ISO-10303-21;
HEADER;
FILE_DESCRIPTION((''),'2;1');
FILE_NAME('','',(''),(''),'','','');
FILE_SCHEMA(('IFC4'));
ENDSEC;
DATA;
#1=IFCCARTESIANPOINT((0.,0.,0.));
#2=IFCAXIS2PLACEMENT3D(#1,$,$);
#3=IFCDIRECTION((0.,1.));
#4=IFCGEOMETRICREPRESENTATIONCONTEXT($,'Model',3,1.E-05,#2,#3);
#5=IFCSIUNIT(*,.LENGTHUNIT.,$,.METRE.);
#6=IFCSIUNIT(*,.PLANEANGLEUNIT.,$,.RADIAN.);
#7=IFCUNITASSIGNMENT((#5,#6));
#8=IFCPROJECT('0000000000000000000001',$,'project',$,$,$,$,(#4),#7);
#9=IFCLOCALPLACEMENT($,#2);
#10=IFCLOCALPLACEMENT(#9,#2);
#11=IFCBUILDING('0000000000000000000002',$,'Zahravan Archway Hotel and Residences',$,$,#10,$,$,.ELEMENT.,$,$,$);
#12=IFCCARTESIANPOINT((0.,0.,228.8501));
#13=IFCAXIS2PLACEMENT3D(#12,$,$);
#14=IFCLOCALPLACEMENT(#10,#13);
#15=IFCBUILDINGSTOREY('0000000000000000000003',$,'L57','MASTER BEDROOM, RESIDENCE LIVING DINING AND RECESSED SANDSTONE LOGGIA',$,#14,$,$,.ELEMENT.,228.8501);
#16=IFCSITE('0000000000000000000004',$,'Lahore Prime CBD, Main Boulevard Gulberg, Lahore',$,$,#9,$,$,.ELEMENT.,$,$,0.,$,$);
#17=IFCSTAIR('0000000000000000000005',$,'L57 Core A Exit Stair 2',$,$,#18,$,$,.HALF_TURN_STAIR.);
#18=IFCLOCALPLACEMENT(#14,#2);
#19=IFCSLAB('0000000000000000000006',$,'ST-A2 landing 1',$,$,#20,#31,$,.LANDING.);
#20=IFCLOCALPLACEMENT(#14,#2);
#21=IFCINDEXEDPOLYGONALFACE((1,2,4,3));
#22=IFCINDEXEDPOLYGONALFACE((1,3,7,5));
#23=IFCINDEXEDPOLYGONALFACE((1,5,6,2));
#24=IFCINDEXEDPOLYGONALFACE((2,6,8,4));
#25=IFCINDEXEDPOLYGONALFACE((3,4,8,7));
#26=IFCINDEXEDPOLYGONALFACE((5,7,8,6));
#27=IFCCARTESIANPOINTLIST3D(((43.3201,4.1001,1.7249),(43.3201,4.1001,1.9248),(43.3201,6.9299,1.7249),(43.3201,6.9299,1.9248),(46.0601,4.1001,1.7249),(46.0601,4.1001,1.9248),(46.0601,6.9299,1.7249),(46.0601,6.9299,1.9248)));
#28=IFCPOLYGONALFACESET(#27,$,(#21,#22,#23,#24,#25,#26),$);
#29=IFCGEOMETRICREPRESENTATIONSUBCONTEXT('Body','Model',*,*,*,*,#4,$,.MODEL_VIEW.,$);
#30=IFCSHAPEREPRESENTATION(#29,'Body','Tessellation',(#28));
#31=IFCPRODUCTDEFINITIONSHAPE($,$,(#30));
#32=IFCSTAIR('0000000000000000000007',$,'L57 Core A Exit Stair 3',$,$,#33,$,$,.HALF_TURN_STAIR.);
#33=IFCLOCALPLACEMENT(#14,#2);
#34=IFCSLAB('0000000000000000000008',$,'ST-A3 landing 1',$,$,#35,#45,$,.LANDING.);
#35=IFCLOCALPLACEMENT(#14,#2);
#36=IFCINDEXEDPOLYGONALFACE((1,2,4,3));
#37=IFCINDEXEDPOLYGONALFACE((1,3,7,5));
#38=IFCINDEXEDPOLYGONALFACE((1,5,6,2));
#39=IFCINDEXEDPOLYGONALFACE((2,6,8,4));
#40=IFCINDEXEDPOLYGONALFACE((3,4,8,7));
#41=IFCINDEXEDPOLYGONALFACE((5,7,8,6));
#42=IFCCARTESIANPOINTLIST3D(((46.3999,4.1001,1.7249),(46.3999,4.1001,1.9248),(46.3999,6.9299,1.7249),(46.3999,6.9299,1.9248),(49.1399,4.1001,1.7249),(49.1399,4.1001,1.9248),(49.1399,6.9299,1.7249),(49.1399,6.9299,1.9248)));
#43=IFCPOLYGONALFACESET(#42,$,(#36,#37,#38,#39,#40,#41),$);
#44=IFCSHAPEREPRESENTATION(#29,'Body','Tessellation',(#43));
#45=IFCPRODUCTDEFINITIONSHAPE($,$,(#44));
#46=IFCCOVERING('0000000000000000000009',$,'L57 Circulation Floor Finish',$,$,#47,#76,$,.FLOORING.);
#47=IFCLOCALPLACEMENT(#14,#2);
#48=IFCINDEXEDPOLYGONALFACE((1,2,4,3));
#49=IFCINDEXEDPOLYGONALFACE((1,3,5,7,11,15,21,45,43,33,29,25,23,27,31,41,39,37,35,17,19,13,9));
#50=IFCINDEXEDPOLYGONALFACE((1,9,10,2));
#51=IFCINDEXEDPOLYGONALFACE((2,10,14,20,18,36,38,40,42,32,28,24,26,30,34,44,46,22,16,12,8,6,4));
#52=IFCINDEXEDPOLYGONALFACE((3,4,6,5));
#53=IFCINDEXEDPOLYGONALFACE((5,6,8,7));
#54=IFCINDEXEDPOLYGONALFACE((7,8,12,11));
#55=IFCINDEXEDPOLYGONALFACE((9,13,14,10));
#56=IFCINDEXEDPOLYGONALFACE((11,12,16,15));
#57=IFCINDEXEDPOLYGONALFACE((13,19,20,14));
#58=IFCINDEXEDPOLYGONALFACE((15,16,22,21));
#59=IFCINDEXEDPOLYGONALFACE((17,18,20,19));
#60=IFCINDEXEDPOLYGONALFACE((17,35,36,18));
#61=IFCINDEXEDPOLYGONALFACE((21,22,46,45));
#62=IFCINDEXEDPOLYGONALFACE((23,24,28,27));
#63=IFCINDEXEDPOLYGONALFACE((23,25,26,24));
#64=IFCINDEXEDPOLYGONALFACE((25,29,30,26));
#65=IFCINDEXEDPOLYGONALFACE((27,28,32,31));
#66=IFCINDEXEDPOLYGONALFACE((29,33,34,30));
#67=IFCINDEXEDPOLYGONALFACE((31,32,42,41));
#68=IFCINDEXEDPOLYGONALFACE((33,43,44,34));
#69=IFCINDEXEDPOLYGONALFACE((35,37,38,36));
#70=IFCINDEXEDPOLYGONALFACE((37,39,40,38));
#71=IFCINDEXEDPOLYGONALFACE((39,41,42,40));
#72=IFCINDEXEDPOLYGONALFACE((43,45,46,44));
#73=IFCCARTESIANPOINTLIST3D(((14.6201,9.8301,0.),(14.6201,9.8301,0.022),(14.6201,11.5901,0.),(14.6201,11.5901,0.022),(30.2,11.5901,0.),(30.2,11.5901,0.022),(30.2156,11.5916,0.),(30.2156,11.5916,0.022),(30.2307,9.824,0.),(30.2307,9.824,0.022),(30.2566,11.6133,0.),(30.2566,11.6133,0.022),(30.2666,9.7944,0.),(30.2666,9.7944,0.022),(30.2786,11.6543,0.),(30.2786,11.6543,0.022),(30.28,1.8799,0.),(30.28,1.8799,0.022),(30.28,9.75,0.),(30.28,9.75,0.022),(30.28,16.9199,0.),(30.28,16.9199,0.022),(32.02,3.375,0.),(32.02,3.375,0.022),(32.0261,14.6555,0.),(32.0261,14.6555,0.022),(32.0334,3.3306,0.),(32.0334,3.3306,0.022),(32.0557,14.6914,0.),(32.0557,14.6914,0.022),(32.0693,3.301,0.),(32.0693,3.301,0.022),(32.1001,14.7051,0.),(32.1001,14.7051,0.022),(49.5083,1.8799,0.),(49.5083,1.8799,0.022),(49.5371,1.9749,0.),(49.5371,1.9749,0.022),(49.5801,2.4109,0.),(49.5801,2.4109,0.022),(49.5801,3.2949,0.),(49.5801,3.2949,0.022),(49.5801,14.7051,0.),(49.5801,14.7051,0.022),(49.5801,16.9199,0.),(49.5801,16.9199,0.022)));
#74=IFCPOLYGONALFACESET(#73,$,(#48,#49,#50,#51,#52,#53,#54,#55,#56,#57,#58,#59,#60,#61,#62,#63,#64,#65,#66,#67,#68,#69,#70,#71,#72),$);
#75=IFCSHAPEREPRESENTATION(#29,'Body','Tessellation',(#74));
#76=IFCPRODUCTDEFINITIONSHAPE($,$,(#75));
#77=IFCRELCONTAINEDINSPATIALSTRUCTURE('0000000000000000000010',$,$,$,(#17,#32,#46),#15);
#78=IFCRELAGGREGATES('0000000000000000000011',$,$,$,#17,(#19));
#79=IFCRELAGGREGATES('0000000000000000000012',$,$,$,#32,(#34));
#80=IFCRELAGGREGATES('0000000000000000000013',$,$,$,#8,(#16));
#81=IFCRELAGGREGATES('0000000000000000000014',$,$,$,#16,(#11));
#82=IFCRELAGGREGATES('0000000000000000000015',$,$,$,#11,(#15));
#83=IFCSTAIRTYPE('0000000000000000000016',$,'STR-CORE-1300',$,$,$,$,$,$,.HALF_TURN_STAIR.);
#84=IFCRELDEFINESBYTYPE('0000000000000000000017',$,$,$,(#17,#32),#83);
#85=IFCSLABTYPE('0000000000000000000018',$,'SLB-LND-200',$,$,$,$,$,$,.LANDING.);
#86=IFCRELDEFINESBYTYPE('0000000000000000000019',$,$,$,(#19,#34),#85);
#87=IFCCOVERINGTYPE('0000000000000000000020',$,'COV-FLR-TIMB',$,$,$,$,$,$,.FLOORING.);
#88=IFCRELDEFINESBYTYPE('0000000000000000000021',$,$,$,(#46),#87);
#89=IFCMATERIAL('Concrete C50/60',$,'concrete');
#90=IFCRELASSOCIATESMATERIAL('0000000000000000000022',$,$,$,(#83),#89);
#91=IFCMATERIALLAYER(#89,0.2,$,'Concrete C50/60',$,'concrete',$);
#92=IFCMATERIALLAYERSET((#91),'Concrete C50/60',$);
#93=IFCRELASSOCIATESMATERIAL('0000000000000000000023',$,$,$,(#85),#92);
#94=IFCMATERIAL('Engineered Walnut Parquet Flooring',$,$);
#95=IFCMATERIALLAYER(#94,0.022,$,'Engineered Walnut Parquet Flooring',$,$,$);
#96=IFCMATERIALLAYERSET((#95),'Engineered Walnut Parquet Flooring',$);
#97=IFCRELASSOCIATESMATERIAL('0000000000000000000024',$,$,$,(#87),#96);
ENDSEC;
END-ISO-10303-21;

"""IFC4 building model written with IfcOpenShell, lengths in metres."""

from ifc_helpers import new_model, si_unit, direction, frame, origin, place, context, subcontext, project, spatial, polyline, outline, extrude, material, layer, layer_set, type_object, element, aggregate, save


model = new_model("IFC4")

# Units and contexts
model_context = context("Model", 3, precision=1e-05, world=origin(), true_north=direction((0.0, 1.0)))
body_context = subcontext(model_context, "Body", "Model", "MODEL_VIEW")
ifc_project = project(units=[si_unit("LENGTHUNIT", "METRE"), si_unit("PLANEANGLEUNIT", "RADIAN")], contexts=[model_context])

# Site, building, storey
site_placement = place(None, origin())
site = spatial("IfcSite", under=ifc_project, at=site_placement, Name="Lahore Prime CBD, Main Boulevard Gulberg, Lahore", CompositionType="ELEMENT", RefElevation=0.0)
building_placement = place(site_placement, origin())
building = spatial("IfcBuilding", under=site, at=building_placement, Name="Zahravan Archway Hotel and Residences", CompositionType="ELEMENT")
storey_placement = place(building_placement, frame((0.0, 0.0, 228.8501)))
storey = spatial("IfcBuildingStorey", under=building, at=storey_placement, Name="L57", Description="MASTER BEDROOM, RESIDENCE LIVING DINING AND RECESSED SANDSTONE LOGGIA", CompositionType="ELEMENT", Elevation=228.8501)

# Stairs, slabs
ifc_material_1 = material(Name="Concrete C50/60", Category="concrete")
stair_type = type_object("IfcStairType", Name="STR-CORE-1300", PredefinedType="HALF_TURN_STAIR", material=ifc_material_1)
ifc_layer_1 = layer(ifc_material_1, 0.2, Name="Concrete C50/60", Category="concrete")
ifc_layer_set_1 = layer_set([ifc_layer_1], Name="Concrete C50/60")
slab_type_1 = type_object("IfcSlabType", Name="SLB-LND-200", PredefinedType="LANDING", material=ifc_layer_set_1)
stair_1_placement = place(storey_placement, origin())
stair_1 = element("IfcStair", 1, at=stair_1_placement, inside=storey, type_object=stair_type, Name="L57 Core A Exit Stair 2", PredefinedType="HALF_TURN_STAIR")
slab_1_placement = place(storey_placement, frame((0.0, 0.0, 1.7249)))
slab_1 = element("IfcSlab", 2, at=slab_1_placement, type_object=slab_type_1, Name="ST-A2 landing 1", PredefinedType="LANDING", context=body_context, shape_type="SweptSolid", body=[
    extrude(outline(polyline([(43.3201, 6.9299), (43.3201, 4.1001), (46.0601, 4.1001), (46.0601, 6.9299), (43.3201, 6.9299)])), origin(), (0.0, 0.0, 1.0), 0.2),
])
aggregate(stair_1, [slab_1])
stair_2_placement = place(storey_placement, origin())
stair_2 = element("IfcStair", 3, at=stair_2_placement, inside=storey, type_object=stair_type, Name="L57 Core A Exit Stair 3", PredefinedType="HALF_TURN_STAIR")
slab_2_placement = place(storey_placement, frame((0.0, 0.0, 1.7249)))
slab_2 = element("IfcSlab", 4, at=slab_2_placement, type_object=slab_type_1, Name="ST-A3 landing 1", PredefinedType="LANDING", context=body_context, shape_type="SweptSolid", body=[
    extrude(outline(polyline([(46.3999, 6.9299), (46.3999, 4.1001), (49.1399, 4.1001), (49.1399, 6.9299), (46.3999, 6.9299)])), origin(), (0.0, 0.0, 1.0), 0.2),
])
aggregate(stair_2, [slab_2])

# Covering
ifc_material_2 = material(Name="Engineered Walnut Parquet Flooring")
ifc_layer_2 = layer(ifc_material_2, 0.022, Name="Engineered Walnut Parquet Flooring")
ifc_layer_set_2 = layer_set([ifc_layer_2], Name="Engineered Walnut Parquet Flooring")
covering_type = type_object("IfcCoveringType", Name="COV-FLR-TIMB", PredefinedType="FLOORING", material=ifc_layer_set_2)
covering_placement = place(storey_placement, origin())
element("IfcCovering", 5, at=covering_placement, inside=storey, type_object=covering_type, Name="L57 Circulation Floor Finish", PredefinedType="FLOORING", context=body_context, shape_type="SweptSolid", body=[
    extrude(outline(polyline([(30.2156, 11.5916), (30.2566, 11.6133), (30.2786, 11.6543), (30.28, 16.9199), (49.5801, 16.9199), (49.5801, 14.7051), (32.1001, 14.7051), (32.0557, 14.6914), (32.0261, 14.6555), (32.02, 3.375), (32.0334, 3.3306), (32.0693, 3.301), (49.5801, 3.2949), (49.5801, 2.4109), (49.5371, 1.9749), (49.5083, 1.8799), (30.28, 1.8799), (30.28, 9.75), (30.2666, 9.7944), (30.2307, 9.824), (14.6201, 9.8301), (14.6201, 11.5901), (30.2, 11.5901), (30.2156, 11.5916)])), origin(), (0.0, 0.0, 1.0), 0.022),
])

save(model, "model.ifc")
